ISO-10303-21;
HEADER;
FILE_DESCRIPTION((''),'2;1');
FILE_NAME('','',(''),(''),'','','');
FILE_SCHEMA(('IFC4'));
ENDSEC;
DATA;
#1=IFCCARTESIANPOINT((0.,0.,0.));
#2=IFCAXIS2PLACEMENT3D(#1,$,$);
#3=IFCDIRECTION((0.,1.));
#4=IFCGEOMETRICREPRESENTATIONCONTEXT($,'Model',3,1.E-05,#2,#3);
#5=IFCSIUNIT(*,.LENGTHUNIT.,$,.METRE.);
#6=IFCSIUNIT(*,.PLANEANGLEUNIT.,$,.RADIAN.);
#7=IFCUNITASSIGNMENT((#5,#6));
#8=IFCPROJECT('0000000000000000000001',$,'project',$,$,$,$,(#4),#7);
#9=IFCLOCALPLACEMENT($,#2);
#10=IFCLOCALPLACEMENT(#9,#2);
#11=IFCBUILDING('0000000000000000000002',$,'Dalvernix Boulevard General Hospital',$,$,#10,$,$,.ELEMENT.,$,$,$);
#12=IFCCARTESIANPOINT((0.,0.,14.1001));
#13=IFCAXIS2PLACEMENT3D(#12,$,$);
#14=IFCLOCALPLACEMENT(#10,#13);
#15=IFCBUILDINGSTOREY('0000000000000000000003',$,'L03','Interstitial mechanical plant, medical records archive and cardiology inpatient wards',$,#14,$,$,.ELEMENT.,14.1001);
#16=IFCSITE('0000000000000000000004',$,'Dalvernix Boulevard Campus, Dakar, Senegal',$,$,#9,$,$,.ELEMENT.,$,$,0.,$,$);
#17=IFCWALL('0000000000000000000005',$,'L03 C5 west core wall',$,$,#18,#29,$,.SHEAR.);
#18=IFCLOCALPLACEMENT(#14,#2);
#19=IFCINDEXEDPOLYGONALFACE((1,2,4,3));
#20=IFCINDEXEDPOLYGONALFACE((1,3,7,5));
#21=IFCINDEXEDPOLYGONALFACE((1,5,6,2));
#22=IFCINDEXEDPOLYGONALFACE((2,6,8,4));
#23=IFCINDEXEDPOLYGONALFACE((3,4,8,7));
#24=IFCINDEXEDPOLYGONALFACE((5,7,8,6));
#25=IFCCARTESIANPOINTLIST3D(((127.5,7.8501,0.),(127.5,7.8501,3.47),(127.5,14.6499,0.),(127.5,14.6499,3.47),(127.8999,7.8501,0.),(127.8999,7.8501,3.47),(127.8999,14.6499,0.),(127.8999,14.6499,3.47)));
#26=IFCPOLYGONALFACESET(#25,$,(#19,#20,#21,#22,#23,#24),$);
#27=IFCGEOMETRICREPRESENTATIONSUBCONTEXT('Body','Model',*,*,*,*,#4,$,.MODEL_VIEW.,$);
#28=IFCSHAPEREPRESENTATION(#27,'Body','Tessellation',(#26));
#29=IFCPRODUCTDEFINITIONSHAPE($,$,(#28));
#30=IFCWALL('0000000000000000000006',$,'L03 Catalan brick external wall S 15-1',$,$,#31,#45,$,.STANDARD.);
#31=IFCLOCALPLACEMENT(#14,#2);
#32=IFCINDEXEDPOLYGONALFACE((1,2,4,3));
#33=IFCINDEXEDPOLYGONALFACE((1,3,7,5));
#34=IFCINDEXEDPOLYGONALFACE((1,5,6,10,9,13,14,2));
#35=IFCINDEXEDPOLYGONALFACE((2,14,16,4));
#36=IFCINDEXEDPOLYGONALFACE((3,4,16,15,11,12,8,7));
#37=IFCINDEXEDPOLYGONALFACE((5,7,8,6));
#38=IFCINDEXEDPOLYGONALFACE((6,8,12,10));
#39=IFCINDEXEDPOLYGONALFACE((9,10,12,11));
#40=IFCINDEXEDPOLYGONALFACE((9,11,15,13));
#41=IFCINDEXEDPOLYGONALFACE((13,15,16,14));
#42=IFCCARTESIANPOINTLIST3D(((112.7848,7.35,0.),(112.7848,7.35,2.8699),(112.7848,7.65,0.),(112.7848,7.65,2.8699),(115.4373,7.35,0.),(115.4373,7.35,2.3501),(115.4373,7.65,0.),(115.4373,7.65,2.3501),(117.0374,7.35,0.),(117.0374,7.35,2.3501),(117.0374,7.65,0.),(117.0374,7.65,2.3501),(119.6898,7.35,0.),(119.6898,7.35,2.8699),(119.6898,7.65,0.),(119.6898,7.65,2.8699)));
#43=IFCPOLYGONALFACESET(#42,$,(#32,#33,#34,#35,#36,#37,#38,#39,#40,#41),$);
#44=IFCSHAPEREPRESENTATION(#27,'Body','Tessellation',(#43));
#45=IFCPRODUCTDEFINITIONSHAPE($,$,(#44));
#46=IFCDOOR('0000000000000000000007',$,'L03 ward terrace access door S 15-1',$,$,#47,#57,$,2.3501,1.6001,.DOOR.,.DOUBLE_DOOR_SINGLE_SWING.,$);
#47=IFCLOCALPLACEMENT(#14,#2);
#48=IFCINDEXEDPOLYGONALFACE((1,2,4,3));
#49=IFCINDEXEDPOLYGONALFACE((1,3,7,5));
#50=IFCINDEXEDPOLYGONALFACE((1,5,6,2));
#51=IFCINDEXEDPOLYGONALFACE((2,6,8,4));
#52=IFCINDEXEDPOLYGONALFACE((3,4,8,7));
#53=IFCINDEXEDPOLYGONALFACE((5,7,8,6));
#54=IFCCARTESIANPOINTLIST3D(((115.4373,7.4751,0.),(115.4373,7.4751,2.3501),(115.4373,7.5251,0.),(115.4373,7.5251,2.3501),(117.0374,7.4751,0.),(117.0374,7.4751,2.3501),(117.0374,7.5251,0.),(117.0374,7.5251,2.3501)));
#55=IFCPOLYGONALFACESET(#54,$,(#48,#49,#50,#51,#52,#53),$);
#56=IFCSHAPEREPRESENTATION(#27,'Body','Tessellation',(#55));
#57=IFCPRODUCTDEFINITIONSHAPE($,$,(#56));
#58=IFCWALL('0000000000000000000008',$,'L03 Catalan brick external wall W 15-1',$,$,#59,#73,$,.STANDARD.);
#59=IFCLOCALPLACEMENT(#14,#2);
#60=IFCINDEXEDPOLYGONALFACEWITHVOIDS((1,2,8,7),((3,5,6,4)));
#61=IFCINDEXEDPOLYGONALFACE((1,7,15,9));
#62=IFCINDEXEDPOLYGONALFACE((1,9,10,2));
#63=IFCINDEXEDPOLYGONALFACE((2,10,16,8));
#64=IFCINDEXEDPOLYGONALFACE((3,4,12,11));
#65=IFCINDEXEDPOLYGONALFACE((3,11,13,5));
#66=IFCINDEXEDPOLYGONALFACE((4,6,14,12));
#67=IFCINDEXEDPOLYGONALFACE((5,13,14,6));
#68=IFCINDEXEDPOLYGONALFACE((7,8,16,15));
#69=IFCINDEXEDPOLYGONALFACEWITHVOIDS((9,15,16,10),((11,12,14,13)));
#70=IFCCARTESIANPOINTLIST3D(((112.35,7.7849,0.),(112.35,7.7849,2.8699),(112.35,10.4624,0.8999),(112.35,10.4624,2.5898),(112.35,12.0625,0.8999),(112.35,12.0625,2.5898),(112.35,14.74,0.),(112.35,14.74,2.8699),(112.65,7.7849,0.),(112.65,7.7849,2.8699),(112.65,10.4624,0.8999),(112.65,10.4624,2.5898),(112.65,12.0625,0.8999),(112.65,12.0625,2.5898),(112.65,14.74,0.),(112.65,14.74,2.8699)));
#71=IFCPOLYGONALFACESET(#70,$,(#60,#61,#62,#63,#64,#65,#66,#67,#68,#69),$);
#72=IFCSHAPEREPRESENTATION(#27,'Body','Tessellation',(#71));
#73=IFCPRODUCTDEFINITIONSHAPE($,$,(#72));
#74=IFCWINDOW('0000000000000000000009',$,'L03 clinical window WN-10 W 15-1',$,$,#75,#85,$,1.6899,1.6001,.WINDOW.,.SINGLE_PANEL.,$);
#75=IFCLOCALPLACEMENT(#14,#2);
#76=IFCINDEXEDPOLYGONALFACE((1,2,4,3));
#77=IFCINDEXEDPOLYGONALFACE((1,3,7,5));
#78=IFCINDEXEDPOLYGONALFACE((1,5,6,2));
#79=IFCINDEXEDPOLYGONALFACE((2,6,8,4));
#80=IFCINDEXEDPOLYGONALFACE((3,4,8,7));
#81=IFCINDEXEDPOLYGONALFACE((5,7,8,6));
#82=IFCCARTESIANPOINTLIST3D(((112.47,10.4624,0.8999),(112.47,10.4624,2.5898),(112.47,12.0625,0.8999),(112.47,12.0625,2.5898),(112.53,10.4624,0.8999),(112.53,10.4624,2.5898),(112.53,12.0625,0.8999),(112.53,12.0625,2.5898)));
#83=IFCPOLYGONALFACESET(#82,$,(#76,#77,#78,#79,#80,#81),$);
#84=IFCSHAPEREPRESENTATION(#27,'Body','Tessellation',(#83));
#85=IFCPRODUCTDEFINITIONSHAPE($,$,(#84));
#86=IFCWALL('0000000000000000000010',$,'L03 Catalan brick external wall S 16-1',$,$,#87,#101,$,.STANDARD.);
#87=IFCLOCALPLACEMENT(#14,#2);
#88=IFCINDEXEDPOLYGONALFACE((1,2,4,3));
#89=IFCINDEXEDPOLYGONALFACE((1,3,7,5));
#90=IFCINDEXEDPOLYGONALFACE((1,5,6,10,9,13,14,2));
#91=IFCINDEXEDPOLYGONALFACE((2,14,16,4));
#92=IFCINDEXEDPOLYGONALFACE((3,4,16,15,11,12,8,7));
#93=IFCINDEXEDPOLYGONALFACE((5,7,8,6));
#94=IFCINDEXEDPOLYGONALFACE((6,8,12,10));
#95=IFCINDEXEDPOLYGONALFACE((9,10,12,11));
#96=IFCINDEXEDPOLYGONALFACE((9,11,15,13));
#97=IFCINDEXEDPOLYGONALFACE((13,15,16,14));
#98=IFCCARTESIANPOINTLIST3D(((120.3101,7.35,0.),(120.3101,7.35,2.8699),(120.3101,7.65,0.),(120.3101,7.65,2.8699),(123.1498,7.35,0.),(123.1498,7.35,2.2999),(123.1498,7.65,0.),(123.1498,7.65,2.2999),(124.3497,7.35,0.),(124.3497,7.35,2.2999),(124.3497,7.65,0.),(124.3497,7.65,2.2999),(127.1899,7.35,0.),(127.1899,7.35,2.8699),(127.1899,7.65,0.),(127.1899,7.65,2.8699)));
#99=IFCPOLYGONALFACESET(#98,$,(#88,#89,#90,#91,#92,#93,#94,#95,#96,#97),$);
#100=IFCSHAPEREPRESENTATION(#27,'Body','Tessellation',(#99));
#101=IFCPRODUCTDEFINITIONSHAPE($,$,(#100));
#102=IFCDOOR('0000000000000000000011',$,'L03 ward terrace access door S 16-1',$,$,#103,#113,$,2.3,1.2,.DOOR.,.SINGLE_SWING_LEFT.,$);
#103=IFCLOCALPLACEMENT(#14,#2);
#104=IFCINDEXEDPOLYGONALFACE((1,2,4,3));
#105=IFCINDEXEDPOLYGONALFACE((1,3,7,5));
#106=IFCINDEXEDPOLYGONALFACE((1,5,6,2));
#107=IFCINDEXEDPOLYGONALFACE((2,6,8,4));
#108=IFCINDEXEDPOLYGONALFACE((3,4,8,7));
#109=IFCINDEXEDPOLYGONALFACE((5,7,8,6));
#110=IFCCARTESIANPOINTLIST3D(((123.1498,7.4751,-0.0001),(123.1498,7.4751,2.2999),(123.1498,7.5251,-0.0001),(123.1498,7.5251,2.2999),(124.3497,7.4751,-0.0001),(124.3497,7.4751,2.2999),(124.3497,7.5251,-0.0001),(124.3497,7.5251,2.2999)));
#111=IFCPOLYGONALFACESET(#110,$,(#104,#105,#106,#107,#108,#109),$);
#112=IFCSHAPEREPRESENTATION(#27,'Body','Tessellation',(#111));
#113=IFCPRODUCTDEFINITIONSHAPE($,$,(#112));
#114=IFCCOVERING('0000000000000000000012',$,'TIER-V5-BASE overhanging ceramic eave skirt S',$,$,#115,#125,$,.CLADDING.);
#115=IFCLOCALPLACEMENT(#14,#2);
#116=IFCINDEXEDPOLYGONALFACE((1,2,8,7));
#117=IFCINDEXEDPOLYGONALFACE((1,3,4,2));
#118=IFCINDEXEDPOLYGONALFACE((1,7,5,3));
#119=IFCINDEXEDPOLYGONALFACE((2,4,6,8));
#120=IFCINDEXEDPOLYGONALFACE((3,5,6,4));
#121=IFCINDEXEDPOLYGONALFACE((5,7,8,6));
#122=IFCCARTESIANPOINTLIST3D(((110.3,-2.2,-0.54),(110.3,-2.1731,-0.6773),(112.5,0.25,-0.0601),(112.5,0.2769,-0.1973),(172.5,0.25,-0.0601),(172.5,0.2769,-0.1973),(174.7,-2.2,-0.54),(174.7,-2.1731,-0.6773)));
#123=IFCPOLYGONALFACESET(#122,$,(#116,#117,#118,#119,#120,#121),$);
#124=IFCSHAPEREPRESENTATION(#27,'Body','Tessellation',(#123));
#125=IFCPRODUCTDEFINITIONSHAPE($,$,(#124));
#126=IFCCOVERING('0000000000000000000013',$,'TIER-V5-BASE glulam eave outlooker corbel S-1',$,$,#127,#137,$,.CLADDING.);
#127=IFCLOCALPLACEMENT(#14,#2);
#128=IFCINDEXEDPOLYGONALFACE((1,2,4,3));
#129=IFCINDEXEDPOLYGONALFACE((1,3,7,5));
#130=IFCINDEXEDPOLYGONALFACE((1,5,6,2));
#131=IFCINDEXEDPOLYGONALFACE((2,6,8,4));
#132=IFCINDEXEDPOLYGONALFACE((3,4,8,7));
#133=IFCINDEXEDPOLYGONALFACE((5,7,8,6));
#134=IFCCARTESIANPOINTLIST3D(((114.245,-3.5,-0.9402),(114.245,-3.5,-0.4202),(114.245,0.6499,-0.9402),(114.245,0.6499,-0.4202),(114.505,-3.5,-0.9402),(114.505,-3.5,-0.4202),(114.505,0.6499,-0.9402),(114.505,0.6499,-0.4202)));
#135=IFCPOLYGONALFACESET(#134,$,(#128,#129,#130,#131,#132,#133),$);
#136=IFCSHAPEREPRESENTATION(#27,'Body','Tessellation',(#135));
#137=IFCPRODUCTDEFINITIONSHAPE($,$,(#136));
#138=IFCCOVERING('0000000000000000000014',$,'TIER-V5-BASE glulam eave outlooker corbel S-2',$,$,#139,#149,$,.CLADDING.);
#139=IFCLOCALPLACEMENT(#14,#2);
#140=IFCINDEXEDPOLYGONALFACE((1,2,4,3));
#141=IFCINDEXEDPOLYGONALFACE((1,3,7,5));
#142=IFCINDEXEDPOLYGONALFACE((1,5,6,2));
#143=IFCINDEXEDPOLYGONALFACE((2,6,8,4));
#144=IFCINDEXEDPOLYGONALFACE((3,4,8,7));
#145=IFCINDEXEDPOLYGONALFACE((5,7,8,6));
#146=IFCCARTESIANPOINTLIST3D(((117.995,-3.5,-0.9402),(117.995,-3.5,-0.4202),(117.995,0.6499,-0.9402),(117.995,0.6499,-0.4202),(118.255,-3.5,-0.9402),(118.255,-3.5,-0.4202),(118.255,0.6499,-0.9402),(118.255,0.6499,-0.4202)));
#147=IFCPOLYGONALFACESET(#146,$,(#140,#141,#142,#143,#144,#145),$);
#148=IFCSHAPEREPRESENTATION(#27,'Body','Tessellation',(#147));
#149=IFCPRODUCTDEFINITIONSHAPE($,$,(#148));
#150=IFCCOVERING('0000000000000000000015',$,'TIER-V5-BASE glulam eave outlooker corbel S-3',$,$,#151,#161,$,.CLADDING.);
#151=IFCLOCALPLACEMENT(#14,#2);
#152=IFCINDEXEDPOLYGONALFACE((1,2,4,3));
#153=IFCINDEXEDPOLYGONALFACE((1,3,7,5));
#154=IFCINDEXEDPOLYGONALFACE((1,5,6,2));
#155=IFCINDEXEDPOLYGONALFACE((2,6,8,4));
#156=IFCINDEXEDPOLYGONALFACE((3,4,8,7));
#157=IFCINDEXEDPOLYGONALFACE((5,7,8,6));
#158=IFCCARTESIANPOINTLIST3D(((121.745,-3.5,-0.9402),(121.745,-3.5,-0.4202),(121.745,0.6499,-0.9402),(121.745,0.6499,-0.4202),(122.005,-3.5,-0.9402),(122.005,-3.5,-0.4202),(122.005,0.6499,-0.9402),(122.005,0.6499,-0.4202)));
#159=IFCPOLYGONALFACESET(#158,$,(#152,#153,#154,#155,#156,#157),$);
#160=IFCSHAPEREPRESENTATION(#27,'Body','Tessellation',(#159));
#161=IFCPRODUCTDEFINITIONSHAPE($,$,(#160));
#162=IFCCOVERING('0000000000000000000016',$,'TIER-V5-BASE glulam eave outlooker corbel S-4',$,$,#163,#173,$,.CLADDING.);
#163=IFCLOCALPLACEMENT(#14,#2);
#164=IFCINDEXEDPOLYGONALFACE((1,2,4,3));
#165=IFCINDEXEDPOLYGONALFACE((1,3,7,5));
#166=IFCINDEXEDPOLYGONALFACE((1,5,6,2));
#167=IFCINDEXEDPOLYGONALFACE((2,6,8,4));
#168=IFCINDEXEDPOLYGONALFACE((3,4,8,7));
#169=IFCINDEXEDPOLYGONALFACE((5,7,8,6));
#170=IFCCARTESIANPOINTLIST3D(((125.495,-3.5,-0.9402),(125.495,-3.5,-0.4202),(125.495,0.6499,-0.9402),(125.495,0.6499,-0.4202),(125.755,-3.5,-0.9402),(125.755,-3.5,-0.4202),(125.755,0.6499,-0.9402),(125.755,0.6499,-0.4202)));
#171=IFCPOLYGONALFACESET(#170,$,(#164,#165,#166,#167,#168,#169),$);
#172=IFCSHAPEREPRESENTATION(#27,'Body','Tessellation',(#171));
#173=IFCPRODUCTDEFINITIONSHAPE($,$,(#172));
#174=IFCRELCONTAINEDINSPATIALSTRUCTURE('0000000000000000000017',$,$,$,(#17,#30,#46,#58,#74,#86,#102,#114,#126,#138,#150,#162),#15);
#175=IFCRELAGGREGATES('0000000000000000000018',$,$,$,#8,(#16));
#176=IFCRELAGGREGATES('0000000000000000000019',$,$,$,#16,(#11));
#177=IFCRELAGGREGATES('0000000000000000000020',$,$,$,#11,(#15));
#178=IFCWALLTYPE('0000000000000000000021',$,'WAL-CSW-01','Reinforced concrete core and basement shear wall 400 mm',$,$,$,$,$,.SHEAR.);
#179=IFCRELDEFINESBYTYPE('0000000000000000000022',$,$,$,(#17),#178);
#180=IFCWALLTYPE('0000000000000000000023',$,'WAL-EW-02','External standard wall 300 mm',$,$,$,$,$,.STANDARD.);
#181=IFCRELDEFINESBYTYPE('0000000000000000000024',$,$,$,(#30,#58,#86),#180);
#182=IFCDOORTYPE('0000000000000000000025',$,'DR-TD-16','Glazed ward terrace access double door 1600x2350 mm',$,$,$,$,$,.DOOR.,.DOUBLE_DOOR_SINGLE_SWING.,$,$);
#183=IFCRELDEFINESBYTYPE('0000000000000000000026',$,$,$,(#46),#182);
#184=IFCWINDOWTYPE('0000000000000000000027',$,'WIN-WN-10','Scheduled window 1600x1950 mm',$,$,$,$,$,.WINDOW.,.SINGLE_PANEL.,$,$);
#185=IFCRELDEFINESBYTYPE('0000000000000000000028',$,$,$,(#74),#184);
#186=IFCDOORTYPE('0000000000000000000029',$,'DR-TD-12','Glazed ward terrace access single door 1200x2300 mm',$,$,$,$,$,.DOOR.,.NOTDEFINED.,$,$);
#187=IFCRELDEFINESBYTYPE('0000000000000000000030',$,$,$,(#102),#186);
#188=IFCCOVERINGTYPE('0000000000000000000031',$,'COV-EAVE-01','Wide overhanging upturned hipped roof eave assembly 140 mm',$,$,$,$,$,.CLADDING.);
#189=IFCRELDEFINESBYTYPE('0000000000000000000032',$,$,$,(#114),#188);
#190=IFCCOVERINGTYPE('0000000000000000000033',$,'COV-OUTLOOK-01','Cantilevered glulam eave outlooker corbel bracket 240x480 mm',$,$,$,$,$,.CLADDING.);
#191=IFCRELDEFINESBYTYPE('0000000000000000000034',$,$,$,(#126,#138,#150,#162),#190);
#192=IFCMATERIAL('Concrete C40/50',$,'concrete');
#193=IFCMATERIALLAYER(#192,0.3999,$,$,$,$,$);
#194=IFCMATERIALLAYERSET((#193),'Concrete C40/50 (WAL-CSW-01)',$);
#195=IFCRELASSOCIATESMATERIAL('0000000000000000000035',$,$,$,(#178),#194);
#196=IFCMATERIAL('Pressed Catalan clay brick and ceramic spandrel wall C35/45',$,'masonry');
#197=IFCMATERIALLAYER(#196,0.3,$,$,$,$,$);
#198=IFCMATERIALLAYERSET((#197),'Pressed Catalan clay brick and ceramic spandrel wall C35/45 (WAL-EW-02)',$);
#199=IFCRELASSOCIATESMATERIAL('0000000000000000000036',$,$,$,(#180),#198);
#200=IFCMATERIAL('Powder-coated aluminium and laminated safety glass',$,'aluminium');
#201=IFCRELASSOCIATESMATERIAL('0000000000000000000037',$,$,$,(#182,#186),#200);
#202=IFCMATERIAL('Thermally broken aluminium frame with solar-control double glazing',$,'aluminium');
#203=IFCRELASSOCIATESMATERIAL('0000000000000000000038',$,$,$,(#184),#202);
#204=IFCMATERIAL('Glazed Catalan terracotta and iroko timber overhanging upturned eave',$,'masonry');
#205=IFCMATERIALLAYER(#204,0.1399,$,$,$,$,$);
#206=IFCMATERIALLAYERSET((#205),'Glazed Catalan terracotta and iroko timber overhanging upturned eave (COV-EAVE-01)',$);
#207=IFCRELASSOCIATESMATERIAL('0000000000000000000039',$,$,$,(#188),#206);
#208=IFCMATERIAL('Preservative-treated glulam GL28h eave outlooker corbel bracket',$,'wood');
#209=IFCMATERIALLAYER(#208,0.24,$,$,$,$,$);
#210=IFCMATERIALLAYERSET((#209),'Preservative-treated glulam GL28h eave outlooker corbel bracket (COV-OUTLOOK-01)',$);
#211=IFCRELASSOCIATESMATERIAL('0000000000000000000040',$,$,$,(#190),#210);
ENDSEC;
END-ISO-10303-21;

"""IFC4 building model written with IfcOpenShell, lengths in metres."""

from ifc_helpers import new_model, si_unit, direction, frame, frame_2d, origin, origin_2d, place, context, subcontext, project, spatial, polyline, rectangle, outline, extrude, material, layer, layer_set, type_object, element, fill, save


model = new_model("IFC4")

# Units and contexts
model_context = context("Model", 3, precision=1e-05, world=origin(), true_north=direction((0.0, 1.0)))
body_context = subcontext(model_context, "Body", "Model", "MODEL_VIEW")
ifc_project = project(units=[si_unit("LENGTHUNIT", "METRE"), si_unit("PLANEANGLEUNIT", "RADIAN")], contexts=[model_context])

# Site, building, storey
site_placement = place(None, origin())
site = spatial("IfcSite", under=ifc_project, at=site_placement, Name="Dalvernix Boulevard Campus, Dakar, Senegal", CompositionType="ELEMENT", RefElevation=0.0)
building_placement = place(site_placement, origin())
building = spatial("IfcBuilding", under=site, at=building_placement, Name="Dalvernix Boulevard General Hospital", CompositionType="ELEMENT")
storey_placement = place(building_placement, frame((0.0, 0.0, 14.1001)))
storey = spatial("IfcBuildingStorey", under=building, at=storey_placement, Name="L03", Description="Interstitial mechanical plant, medical records archive and cardiology inpatient wards", CompositionType="ELEMENT", Elevation=14.1001)

# Shared definitions
ifc_material_1 = material(Name="Concrete C40/50", Category="concrete")

# Wall
ifc_layer_1 = layer(ifc_material_1, 0.3999)
ifc_layer_set_1 = layer_set([ifc_layer_1], Name="Concrete C40/50 (WAL-CSW-01)")
wall_type_1 = type_object("IfcWallType", Name="WAL-CSW-01", Description="Reinforced concrete core and basement shear wall 400 mm", PredefinedType="SHEAR", material=ifc_layer_set_1)
wall_1_placement = place(storey_placement, frame((127.7, 7.8501, 0.0), z_axis=(0.0, 0.0, 1.0), x_axis=(0.0, 1.0, 0.0)))
element("IfcWall", 1, at=wall_1_placement, inside=storey, type_object=wall_type_1, Name="L03 C5 west core wall", PredefinedType="SHEAR", context=body_context, shape_type="SweptSolid", body=[
    extrude(rectangle(XDim=6.7998, YDim=0.3999, at=frame_2d((3.3999, 0.0))), origin(), (0.0, 0.0, 1.0), 3.47),
])

# Wall, opening, door
ifc_material_2 = material(Name="Pressed Catalan clay brick and ceramic spandrel wall C35/45", Category="masonry")
ifc_layer_2 = layer(ifc_material_2, 0.3)
ifc_layer_set_2 = layer_set([ifc_layer_2], Name="Pressed Catalan clay brick and ceramic spandrel wall C35/45 (WAL-EW-02)")
wall_type_2 = type_object("IfcWallType", Name="WAL-EW-02", Description="External standard wall 300 mm", PredefinedType="STANDARD", material=ifc_layer_set_2)
wall_2_placement = place(storey_placement, frame((119.6899, 7.5, 0.0), z_axis=(0.0, 0.0, 1.0), x_axis=(-1.0, 0.0, 0.0)))
wall_2 = element("IfcWall", 2, at=wall_2_placement, inside=storey, type_object=wall_type_2, Name="L03 Catalan brick external wall S 15-1", PredefinedType="STANDARD", context=body_context, shape_type="SweptSolid", body=[
    extrude(rectangle(XDim=6.905, YDim=0.3, at=frame_2d((3.4526, 0.0))), origin(), (0.0, 0.0, 1.0), 2.8699),
])
opening_1_placement = place(wall_2_placement, frame((2.6526, 0.0, 0.0)))
opening_1 = element("IfcOpeningElement", 3, at=opening_1_placement, cuts=wall_2, PredefinedType="OPENING", context=body_context, shape_type="SweptSolid", body=[
    extrude(rectangle(XDim=1.6001, YDim=2.3501, at=frame_2d((0.8, 1.175))), frame((0.0, 0.1599, 0.0), z_axis=(0.0, -1.0, 0.0), x_axis=(1.0, 0.0, 0.0)), (0.0, 0.0, 1.0), 0.3201),
])
ifc_material_3 = material(Name="Powder-coated aluminium and laminated safety glass", Category="aluminium")
door_type_1 = type_object("IfcDoorType", Name="DR-TD-16", Description="Glazed ward terrace access double door 1600x2350 mm", OperationType="DOUBLE_DOOR_SINGLE_SWING", PredefinedType="DOOR", material=ifc_material_3)
door_1_placement = place(opening_1_placement, origin())
door_1 = element("IfcDoor", 4, at=door_1_placement, inside=storey, type_object=door_type_1, Name="L03 ward terrace access door S 15-1", OperationType="DOUBLE_DOOR_SINGLE_SWING", OverallHeight=2.3501, OverallWidth=1.6001, PredefinedType="DOOR", context=body_context, shape_type="SweptSolid", body=[
    extrude(rectangle(XDim=1.6001, YDim=2.3501, at=frame_2d((0.8, 1.175))), frame((0.0, 0.0249, 0.0), z_axis=(0.0, -1.0, 0.0), x_axis=(1.0, 0.0, 0.0)), (0.0, 0.0, 1.0), 0.05),
])
fill(opening_1, door_1)

# Wall, opening, window
wall_3_placement = place(storey_placement, frame((112.5, 7.7849, 0.0), z_axis=(0.0, 0.0, 1.0), x_axis=(0.0, 1.0, 0.0)))
wall_3 = element("IfcWall", 5, at=wall_3_placement, inside=storey, type_object=wall_type_2, Name="L03 Catalan brick external wall W 15-1", PredefinedType="STANDARD", context=body_context, shape_type="SweptSolid", body=[
    extrude(rectangle(XDim=6.9551, YDim=0.3, at=frame_2d((3.4775, 0.0))), origin(), (0.0, 0.0, 1.0), 2.8699),
])
opening_2_placement = place(wall_3_placement, frame((2.6775, 0.0, 0.8999)))
opening_2 = element("IfcOpeningElement", 6, at=opening_2_placement, cuts=wall_3, PredefinedType="OPENING", context=body_context, shape_type="SweptSolid", body=[
    extrude(rectangle(XDim=1.6001, YDim=1.6899, at=frame_2d((0.8, 0.845))), frame((0.0, 0.1599, 0.0), z_axis=(0.0, -1.0, 0.0), x_axis=(1.0, 0.0, 0.0)), (0.0, 0.0, 1.0), 0.3201),
])
ifc_material_4 = material(Name="Thermally broken aluminium frame with solar-control double glazing", Category="aluminium")
window_type = type_object("IfcWindowType", Name="WIN-WN-10", Description="Scheduled window 1600x1950 mm", PartitioningType="SINGLE_PANEL", PredefinedType="WINDOW", material=ifc_material_4)
window_placement = place(opening_2_placement, origin())
window = element("IfcWindow", 7, at=window_placement, inside=storey, type_object=window_type, Name="L03 clinical window WN-10 W 15-1", OverallHeight=1.6899, OverallWidth=1.6001, PartitioningType="SINGLE_PANEL", PredefinedType="WINDOW", context=body_context, shape_type="SweptSolid", body=[
    extrude(rectangle(XDim=1.6001, YDim=1.6899, at=frame_2d((0.8, 0.845))), frame((0.0, 0.03, 0.0), z_axis=(0.0, -1.0, 0.0), x_axis=(1.0, 0.0, 0.0)), (0.0, 0.0, 1.0), 0.0601),
])
fill(opening_2, window)

# Wall, opening, door
wall_4_placement = place(storey_placement, frame((127.1899, 7.5, 0.0), z_axis=(0.0, 0.0, 1.0), x_axis=(-1.0, 0.0, 0.0)))
wall_4 = element("IfcWall", 8, at=wall_4_placement, inside=storey, type_object=wall_type_2, Name="L03 Catalan brick external wall S 16-1", PredefinedType="STANDARD", context=body_context, shape_type="SweptSolid", body=[
    extrude(rectangle(XDim=6.8799, YDim=0.3, at=frame_2d((3.4399, 0.0))), origin(), (0.0, 0.0, 1.0), 2.8699),
])
opening_3_placement = place(wall_4_placement, frame((2.8401, 0.0, 0.0)))
opening_3 = element("IfcOpeningElement", 9, at=opening_3_placement, cuts=wall_4, PredefinedType="OPENING", context=body_context, shape_type="SweptSolid", body=[
    extrude(rectangle(XDim=1.2, YDim=2.3, at=frame_2d((0.6001, 1.1499))), frame((0.0, 0.1599, 0.0), z_axis=(0.0, -1.0, 0.0), x_axis=(1.0, 0.0, 0.0)), (0.0, 0.0, 1.0), 0.3201),
])
door_type_2 = type_object("IfcDoorType", Name="DR-TD-12", Description="Glazed ward terrace access single door 1200x2300 mm", OperationType="NOTDEFINED", PredefinedType="DOOR", material=ifc_material_3)
door_2_placement = place(opening_3_placement, origin())
door_2 = element("IfcDoor", 10, at=door_2_placement, inside=storey, type_object=door_type_2, Name="L03 ward terrace access door S 16-1", OperationType="SINGLE_SWING_LEFT", OverallHeight=2.3, OverallWidth=1.2, PredefinedType="DOOR", context=body_context, shape_type="SweptSolid", body=[
    extrude(rectangle(XDim=1.2, YDim=2.3, at=frame_2d((0.6001, 1.1499))), frame((0.0, 0.0249, 0.0), z_axis=(0.0, -1.0, 0.0), x_axis=(1.0, 0.0, 0.0)), (0.0, 0.0, 1.0), 0.05),
])
fill(opening_3, door_2)

# Coverings
ifc_material_5 = material(Name="Glazed Catalan terracotta and iroko timber overhanging upturned eave", Category="masonry")
ifc_layer_3 = layer(ifc_material_5, 0.1399)
ifc_layer_set_3 = layer_set([ifc_layer_3], Name="Glazed Catalan terracotta and iroko timber overhanging upturned eave (COV-EAVE-01)")
covering_type_1 = type_object("IfcCoveringType", Name="COV-EAVE-01", Description="Wide overhanging upturned hipped roof eave assembly 140 mm", PredefinedType="CLADDING", material=ifc_layer_set_3)
covering_placement = place(storey_placement, frame((112.5, 0.25, -0.0601), z_axis=(0.0, -0.192259, 0.981344), x_axis=(1.0, 0.0, 0.0)))
element("IfcCovering", 11, at=covering_placement, inside=storey, type_object=covering_type_1, Name="TIER-V5-BASE overhanging ceramic eave skirt S", PredefinedType="CLADDING", context=body_context, shape_type="SweptSolid", body=[
    extrude(outline(polyline([(0.0, 0.0), (60.0, 0.0), (62.2, -2.4965), (-2.2, -2.4965), (0.0, 0.0)])), origin(), (0.0, 0.0, -1.0), 0.1399),
])
ifc_material_6 = material(Name="Preservative-treated glulam GL28h eave outlooker corbel bracket", Category="wood")
ifc_layer_4 = layer(ifc_material_6, 0.24)
ifc_layer_set_4 = layer_set([ifc_layer_4], Name="Preservative-treated glulam GL28h eave outlooker corbel bracket (COV-OUTLOOK-01)")
covering_type_2 = type_object("IfcCoveringType", Name="COV-OUTLOOK-01", Description="Cantilevered glulam eave outlooker corbel bracket 240x480 mm", PredefinedType="CLADDING", material=ifc_layer_set_4)
for number, where, z_axis, x_axis, name in (
    (12, (114.375, -1.425, -0.9402), (0.0, 0.0, 1.0), (1.0, 0.0, 0.0), "TIER-V5-BASE glulam eave outlooker corbel S-1"),
    (13, (118.125, -1.425, -0.9402), (0.0, 0.0, 1.0), (1.0, 0.0, 0.0), "TIER-V5-BASE glulam eave outlooker corbel S-2"),
    (14, (121.875, -1.425, -0.9402), (0.0, 0.0, 1.0), (1.0, 0.0, 0.0), "TIER-V5-BASE glulam eave outlooker corbel S-3"),
    (15, (125.625, -1.425, -0.9402), (0.0, 0.0, 1.0), (1.0, 0.0, 0.0), "TIER-V5-BASE glulam eave outlooker corbel S-4"),
):
    element("IfcCovering", number, at=place(storey_placement, frame(where, z_axis=z_axis, x_axis=x_axis)), inside=storey, type_object=covering_type_2, Name=name, PredefinedType="CLADDING", context=body_context, shape_type="SweptSolid", body=[
        extrude(rectangle(XDim=0.26, YDim=4.1499, at=origin_2d()), origin(), (0.0, 0.0, 1.0), 0.52),
    ])

save(model, "model.ifc")
